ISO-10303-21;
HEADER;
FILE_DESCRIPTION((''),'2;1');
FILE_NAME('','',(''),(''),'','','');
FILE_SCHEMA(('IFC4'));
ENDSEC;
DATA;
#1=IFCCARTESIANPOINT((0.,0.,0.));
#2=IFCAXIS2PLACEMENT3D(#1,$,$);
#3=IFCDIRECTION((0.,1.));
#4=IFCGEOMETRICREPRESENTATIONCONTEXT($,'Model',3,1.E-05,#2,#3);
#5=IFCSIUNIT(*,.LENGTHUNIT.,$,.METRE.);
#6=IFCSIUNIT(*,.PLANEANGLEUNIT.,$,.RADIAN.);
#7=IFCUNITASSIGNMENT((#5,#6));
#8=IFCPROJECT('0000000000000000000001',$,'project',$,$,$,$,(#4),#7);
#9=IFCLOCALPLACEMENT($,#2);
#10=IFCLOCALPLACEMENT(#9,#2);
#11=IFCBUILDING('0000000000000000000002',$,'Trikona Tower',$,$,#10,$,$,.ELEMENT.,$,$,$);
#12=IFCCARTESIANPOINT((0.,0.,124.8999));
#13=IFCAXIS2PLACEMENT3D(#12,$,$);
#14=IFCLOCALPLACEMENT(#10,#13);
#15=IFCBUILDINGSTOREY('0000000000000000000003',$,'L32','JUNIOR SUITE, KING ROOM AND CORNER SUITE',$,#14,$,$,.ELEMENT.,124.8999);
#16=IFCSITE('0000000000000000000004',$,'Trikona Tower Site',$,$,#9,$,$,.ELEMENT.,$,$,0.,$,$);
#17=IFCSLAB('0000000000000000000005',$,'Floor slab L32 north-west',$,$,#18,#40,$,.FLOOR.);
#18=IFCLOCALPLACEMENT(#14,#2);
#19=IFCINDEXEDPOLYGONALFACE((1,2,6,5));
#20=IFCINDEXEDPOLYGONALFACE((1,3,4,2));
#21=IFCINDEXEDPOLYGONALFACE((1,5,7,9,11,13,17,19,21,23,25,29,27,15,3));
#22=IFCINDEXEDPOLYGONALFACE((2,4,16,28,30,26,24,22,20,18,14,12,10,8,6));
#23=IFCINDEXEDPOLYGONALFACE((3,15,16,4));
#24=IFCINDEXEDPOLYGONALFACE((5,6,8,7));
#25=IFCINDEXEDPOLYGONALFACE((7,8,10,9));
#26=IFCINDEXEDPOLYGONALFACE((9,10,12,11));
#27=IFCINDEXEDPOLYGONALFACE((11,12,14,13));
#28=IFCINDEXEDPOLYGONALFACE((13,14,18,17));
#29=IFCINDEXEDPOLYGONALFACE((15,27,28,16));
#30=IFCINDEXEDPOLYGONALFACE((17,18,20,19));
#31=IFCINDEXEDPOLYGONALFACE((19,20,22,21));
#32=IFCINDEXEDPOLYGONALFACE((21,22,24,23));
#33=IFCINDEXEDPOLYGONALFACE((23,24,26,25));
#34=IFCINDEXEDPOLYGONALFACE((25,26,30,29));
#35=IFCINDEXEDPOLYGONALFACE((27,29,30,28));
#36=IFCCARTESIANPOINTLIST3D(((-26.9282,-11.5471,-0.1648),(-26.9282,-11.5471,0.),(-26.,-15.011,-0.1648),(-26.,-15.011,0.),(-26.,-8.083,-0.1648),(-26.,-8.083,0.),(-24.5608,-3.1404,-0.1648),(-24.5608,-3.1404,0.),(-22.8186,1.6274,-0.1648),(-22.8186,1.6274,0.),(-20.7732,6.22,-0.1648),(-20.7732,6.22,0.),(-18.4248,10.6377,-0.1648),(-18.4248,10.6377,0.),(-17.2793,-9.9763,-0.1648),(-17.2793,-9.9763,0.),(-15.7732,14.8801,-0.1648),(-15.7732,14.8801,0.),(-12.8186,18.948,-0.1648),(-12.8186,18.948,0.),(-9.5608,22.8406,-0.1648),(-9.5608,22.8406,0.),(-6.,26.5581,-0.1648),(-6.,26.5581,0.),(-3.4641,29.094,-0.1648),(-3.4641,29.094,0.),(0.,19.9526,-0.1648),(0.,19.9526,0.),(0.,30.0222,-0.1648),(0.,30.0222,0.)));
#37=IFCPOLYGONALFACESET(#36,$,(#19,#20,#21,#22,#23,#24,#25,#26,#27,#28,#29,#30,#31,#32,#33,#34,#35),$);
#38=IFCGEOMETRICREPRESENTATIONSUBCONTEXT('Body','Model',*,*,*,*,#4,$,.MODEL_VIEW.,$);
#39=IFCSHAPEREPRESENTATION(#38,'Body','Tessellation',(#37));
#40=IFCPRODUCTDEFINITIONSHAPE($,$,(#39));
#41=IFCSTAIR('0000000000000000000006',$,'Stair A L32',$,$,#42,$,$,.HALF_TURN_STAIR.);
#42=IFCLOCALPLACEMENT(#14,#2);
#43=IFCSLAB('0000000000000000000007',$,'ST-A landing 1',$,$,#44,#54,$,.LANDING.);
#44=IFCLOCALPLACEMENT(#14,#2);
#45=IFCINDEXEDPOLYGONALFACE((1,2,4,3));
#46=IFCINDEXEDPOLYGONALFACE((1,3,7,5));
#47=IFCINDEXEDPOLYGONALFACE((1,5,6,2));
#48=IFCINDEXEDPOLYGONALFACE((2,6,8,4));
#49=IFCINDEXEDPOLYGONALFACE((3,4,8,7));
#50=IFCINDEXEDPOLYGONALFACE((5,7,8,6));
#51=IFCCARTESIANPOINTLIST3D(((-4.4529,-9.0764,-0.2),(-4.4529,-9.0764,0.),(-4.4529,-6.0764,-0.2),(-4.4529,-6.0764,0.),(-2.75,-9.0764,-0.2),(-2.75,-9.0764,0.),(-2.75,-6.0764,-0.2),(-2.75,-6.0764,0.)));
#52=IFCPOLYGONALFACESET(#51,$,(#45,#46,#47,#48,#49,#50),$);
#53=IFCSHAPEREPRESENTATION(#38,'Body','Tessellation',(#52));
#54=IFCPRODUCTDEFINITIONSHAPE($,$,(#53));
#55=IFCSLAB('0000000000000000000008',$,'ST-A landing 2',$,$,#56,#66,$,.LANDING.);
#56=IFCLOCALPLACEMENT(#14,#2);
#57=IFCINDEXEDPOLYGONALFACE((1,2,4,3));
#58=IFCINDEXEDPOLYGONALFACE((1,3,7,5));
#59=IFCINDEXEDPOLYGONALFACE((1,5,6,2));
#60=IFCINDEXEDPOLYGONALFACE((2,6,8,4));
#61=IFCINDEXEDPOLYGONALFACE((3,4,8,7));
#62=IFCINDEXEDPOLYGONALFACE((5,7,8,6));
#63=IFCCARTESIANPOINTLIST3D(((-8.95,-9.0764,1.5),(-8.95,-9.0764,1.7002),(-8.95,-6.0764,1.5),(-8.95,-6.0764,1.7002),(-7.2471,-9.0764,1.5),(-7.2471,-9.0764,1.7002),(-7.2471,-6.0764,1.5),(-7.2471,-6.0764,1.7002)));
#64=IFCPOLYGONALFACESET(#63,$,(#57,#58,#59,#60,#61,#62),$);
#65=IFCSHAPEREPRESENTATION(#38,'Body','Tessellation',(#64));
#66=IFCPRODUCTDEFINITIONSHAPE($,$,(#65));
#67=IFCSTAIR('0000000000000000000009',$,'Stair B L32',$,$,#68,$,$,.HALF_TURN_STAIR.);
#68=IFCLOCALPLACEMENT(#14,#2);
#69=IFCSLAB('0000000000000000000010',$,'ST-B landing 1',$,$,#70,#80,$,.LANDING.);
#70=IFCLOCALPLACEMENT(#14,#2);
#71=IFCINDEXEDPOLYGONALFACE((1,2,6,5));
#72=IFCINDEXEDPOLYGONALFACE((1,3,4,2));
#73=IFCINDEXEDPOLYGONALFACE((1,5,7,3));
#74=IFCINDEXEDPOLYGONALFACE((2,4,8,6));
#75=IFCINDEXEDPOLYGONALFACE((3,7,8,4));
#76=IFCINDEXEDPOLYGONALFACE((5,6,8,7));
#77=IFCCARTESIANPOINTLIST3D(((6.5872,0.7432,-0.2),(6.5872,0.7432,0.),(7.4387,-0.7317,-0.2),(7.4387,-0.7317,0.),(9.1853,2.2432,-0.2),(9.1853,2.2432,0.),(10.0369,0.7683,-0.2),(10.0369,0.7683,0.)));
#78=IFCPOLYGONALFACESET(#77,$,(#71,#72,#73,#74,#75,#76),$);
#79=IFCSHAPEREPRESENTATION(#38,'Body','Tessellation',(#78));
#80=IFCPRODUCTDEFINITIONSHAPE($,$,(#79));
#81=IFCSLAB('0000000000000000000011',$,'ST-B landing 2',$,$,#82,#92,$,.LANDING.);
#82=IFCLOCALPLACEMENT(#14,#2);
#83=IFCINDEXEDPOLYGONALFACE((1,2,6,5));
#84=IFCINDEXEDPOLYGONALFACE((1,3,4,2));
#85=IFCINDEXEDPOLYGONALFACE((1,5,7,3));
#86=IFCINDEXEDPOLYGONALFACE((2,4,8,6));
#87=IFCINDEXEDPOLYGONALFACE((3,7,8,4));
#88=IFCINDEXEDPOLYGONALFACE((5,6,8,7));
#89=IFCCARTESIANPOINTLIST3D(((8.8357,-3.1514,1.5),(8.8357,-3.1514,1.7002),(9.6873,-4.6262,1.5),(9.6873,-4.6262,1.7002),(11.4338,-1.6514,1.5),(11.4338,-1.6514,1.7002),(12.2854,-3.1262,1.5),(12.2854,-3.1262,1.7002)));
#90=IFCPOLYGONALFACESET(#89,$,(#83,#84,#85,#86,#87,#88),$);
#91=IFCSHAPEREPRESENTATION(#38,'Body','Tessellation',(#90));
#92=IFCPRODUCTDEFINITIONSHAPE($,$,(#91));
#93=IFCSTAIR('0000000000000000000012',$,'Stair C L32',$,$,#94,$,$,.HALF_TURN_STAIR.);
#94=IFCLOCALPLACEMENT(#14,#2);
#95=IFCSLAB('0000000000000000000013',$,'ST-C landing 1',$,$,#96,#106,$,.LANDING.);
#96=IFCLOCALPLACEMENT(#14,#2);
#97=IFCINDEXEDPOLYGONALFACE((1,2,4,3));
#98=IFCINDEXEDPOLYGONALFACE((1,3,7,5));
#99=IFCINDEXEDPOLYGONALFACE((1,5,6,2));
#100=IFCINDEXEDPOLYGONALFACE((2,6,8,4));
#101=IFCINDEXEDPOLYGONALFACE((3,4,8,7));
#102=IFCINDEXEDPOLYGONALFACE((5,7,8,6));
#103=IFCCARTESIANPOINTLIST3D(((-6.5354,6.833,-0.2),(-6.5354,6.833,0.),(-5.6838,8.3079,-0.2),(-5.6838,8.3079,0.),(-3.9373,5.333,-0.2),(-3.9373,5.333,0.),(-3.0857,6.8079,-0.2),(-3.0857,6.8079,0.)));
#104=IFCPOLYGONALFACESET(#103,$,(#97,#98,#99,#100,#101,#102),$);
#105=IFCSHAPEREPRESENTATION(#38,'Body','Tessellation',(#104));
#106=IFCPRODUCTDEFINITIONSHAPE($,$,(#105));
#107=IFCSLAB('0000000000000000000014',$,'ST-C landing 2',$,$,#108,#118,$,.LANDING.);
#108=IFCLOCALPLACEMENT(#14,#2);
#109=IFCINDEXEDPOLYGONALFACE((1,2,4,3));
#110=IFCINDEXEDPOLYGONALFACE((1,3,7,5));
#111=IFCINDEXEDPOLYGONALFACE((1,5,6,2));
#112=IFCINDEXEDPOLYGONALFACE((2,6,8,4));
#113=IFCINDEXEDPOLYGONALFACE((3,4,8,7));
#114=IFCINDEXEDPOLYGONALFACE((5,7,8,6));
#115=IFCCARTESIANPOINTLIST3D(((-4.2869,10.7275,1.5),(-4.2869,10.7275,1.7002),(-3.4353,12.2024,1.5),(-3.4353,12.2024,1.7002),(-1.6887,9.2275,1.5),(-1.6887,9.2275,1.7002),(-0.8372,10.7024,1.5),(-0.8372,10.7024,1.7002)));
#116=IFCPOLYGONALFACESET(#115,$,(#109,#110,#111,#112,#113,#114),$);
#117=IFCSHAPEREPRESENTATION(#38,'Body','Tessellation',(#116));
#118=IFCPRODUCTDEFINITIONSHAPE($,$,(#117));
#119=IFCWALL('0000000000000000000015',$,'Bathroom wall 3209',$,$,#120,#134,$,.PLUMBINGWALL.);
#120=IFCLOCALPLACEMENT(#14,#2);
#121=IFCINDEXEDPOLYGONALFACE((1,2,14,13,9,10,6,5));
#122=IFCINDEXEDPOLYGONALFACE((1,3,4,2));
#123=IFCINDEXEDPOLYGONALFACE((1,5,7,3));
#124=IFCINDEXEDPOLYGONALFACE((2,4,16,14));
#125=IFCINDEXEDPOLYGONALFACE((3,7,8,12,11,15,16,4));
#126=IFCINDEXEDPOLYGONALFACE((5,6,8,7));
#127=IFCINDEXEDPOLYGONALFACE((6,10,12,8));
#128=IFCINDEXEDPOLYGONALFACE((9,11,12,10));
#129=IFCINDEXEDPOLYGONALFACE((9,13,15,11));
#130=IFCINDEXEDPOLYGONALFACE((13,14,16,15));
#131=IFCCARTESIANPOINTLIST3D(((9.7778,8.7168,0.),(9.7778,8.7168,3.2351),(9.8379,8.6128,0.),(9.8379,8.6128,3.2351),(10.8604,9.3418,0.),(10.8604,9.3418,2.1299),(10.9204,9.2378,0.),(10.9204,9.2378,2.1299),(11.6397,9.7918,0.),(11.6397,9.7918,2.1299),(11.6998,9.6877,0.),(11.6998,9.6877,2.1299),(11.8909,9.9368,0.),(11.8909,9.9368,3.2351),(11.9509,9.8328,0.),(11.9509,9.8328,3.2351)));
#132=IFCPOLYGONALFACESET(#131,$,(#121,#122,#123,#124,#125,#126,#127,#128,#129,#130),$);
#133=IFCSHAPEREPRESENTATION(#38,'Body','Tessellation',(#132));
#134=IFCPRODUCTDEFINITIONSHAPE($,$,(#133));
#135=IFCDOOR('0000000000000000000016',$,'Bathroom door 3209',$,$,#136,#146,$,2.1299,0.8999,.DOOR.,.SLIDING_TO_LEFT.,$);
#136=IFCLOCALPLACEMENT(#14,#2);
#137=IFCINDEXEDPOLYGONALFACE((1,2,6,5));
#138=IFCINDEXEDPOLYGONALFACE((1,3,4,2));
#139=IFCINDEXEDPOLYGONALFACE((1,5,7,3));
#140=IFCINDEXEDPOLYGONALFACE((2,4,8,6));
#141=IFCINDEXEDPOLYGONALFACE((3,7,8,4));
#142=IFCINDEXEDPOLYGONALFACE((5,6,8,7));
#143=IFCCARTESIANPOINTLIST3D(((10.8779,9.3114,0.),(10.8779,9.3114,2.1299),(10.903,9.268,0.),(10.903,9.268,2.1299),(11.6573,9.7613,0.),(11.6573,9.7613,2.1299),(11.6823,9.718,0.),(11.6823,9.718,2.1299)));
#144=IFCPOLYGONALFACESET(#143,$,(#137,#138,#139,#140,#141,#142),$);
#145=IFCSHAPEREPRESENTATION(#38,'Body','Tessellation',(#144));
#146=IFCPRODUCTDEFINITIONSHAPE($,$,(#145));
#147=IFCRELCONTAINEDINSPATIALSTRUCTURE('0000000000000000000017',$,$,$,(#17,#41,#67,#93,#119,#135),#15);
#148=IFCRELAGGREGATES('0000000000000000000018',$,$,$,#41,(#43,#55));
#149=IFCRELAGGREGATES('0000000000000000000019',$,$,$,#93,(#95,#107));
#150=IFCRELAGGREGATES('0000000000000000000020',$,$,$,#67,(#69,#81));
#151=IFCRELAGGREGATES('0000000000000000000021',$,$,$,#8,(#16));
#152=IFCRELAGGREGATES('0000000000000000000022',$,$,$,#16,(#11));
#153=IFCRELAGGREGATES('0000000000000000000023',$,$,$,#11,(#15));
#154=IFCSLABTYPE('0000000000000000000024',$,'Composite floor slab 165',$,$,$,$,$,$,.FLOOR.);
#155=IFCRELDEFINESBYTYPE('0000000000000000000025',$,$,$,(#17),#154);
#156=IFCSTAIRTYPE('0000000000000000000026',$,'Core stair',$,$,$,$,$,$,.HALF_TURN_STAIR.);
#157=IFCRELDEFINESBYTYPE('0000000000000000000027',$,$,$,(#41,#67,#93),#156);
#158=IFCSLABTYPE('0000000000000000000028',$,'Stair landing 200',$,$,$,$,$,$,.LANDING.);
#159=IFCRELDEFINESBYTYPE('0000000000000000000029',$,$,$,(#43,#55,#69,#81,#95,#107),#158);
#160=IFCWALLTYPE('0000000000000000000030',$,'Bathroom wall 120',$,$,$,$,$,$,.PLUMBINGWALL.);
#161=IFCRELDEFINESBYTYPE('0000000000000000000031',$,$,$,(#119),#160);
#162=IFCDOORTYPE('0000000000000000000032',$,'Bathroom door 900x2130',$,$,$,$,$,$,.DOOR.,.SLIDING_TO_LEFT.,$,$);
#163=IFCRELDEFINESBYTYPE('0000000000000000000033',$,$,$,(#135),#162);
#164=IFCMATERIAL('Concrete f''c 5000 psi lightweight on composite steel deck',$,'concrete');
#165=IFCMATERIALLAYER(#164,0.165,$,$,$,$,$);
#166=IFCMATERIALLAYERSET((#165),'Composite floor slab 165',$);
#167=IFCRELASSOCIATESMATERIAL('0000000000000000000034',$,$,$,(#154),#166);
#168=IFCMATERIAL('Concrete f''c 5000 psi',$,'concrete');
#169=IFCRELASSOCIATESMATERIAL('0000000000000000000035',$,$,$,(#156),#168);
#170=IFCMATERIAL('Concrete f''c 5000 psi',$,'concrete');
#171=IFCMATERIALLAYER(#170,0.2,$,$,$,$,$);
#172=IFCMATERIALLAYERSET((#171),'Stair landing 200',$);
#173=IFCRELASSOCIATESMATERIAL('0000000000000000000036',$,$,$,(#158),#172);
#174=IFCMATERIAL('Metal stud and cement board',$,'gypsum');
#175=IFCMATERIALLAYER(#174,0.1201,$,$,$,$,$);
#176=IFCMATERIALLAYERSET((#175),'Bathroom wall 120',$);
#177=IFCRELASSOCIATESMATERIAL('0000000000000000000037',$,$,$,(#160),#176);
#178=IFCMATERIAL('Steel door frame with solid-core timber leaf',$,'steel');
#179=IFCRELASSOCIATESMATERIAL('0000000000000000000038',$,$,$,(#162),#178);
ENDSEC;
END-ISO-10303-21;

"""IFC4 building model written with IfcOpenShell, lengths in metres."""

from ifc_helpers import new_model, si_unit, direction, frame, frame_2d, origin, place, context, subcontext, project, spatial, polyline, rectangle, outline, extrude, material, layer, layer_set, type_object, element, fill, aggregate, save


model = new_model("IFC4")

# Units and contexts
model_context = context("Model", 3, precision=1e-05, world=origin(), true_north=direction((0.0, 1.0)))
body_context = subcontext(model_context, "Body", "Model", "MODEL_VIEW")
ifc_project = project(units=[si_unit("LENGTHUNIT", "METRE"), si_unit("PLANEANGLEUNIT", "RADIAN")], contexts=[model_context])

# Site, building, storey
site_placement = place(None, origin())
site = spatial("IfcSite", under=ifc_project, at=site_placement, Name="Trikona Tower Site", CompositionType="ELEMENT", RefElevation=0.0)
building_placement = place(site_placement, origin())
building = spatial("IfcBuilding", under=site, at=building_placement, Name="Trikona Tower", CompositionType="ELEMENT")
storey_placement = place(building_placement, frame((0.0, 0.0, 124.8999)))
storey = spatial("IfcBuildingStorey", under=building, at=storey_placement, Name="L32", Description="JUNIOR SUITE, KING ROOM AND CORNER SUITE", CompositionType="ELEMENT", Elevation=124.8999)

# Slab
ifc_material_1 = material(Name="Concrete f'c 5000 psi lightweight on composite steel deck", Category="concrete")
ifc_layer_1 = layer(ifc_material_1, 0.165)
ifc_layer_set_1 = layer_set([ifc_layer_1], Name="Composite floor slab 165")
slab_type_1 = type_object("IfcSlabType", Name="Composite floor slab 165", PredefinedType="FLOOR", material=ifc_layer_set_1)
slab_1_placement = place(storey_placement, frame((0.0, 0.0, -0.1648)))
element("IfcSlab", 1, at=slab_1_placement, inside=storey, type_object=slab_type_1, Name="Floor slab L32 north-west", PredefinedType="FLOOR", context=body_context, shape_type="SweptSolid", body=[
    extrude(outline(polyline([(0.0, 19.9526), (0.0, 30.0222), (-3.4641, 29.094), (-6.0, 26.5581), (-9.5608, 22.8406), (-12.8186, 18.948), (-15.7732, 14.8801), (-18.4248, 10.6377), (-20.7732, 6.22), (-22.8186, 1.6274), (-24.5608, -3.1404), (-26.0, -8.083), (-26.9282, -11.5471), (-26.0, -15.011), (-17.2793, -9.9763), (0.0, 19.9526)])), origin(), (0.0, 0.0, 1.0), 0.1648),
])

# Stairs, slabs
ifc_material_2 = material(Name="Concrete f'c 5000 psi", Category="concrete")
stair_type = type_object("IfcStairType", Name="Core stair", PredefinedType="HALF_TURN_STAIR", material=ifc_material_2)
stair_1_placement = place(storey_placement, origin())
stair_1 = element("IfcStair", 2, at=stair_1_placement, inside=storey, type_object=stair_type, Name="Stair A L32", PredefinedType="HALF_TURN_STAIR")
ifc_material_3 = material(Name="Concrete f'c 5000 psi", Category="concrete")
ifc_layer_2 = layer(ifc_material_3, 0.2)
ifc_layer_set_2 = layer_set([ifc_layer_2], Name="Stair landing 200")
slab_type_2 = type_object("IfcSlabType", Name="Stair landing 200", PredefinedType="LANDING", material=ifc_layer_set_2)
slab_2_placement = place(storey_placement, frame((0.0, 0.0, -0.2)))
slab_2 = element("IfcSlab", 3, at=slab_2_placement, type_object=slab_type_2, Name="ST-A landing 1", PredefinedType="LANDING", context=body_context, shape_type="SweptSolid", body=[
    extrude(outline(polyline([(-4.4529, -6.0764), (-2.75, -6.0764), (-2.75, -9.0764), (-4.4529, -9.0764), (-4.4529, -6.0764)])), origin(), (0.0, 0.0, 1.0), 0.2),
])
slab_3_placement = place(storey_placement, frame((0.0, 0.0, 1.5)))
slab_3 = element("IfcSlab", 4, at=slab_3_placement, type_object=slab_type_2, Name="ST-A landing 2", PredefinedType="LANDING", context=body_context, shape_type="SweptSolid", body=[
    extrude(outline(polyline([(-8.95, -6.0764), (-7.2471, -6.0764), (-7.2471, -9.0764), (-8.95, -9.0764), (-8.95, -6.0764)])), origin(), (0.0, 0.0, 1.0), 0.2002),
])
aggregate(stair_1, [slab_2, slab_3])
stair_2_placement = place(storey_placement, origin())
stair_2 = element("IfcStair", 5, at=stair_2_placement, inside=storey, type_object=stair_type, Name="Stair B L32", PredefinedType="HALF_TURN_STAIR")
slab_4_placement = place(storey_placement, frame((0.0, 0.0, -0.2)))
slab_4 = element("IfcSlab", 6, at=slab_4_placement, type_object=slab_type_2, Name="ST-B landing 1", PredefinedType="LANDING", context=body_context, shape_type="SweptSolid", body=[
    extrude(outline(polyline([(7.4387, -0.7317), (6.5872, 0.7432), (9.1853, 2.2432), (10.0369, 0.7683), (7.4387, -0.7317)])), origin(), (0.0, 0.0, 1.0), 0.2),
])
slab_5_placement = place(storey_placement, frame((0.0, 0.0, 1.5)))
slab_5 = element("IfcSlab", 7, at=slab_5_placement, type_object=slab_type_2, Name="ST-B landing 2", PredefinedType="LANDING", context=body_context, shape_type="SweptSolid", body=[
    extrude(outline(polyline([(9.6873, -4.6262), (8.8357, -3.1514), (11.4338, -1.6514), (12.2854, -3.1262), (9.6873, -4.6262)])), origin(), (0.0, 0.0, 1.0), 0.2002),
])
stair_3_placement = place(storey_placement, origin())
stair_3 = element("IfcStair", 8, at=stair_3_placement, inside=storey, type_object=stair_type, Name="Stair C L32", PredefinedType="HALF_TURN_STAIR")
slab_6_placement = place(storey_placement, frame((0.0, 0.0, -0.2)))
slab_6 = element("IfcSlab", 9, at=slab_6_placement, type_object=slab_type_2, Name="ST-C landing 1", PredefinedType="LANDING", context=body_context, shape_type="SweptSolid", body=[
    extrude(outline(polyline([(-3.0857, 6.8079), (-3.9373, 5.333), (-6.5354, 6.833), (-5.6838, 8.3079), (-3.0857, 6.8079)])), origin(), (0.0, 0.0, 1.0), 0.2),
])
slab_7_placement = place(storey_placement, frame((0.0, 0.0, 1.5)))
slab_7 = element("IfcSlab", 10, at=slab_7_placement, type_object=slab_type_2, Name="ST-C landing 2", PredefinedType="LANDING", context=body_context, shape_type="SweptSolid", body=[
    extrude(outline(polyline([(-0.8372, 10.7024), (-1.6887, 9.2275), (-4.2869, 10.7275), (-3.4353, 12.2024), (-0.8372, 10.7024)])), origin(), (0.0, 0.0, 1.0), 0.2002),
])
aggregate(stair_3, [slab_6, slab_7])

# Wall, opening, door
ifc_material_4 = material(Name="Metal stud and cement board", Category="gypsum")
ifc_layer_3 = layer(ifc_material_4, 0.1201)
ifc_layer_set_3 = layer_set([ifc_layer_3], Name="Bathroom wall 120")
wall_type_1 = type_object("IfcWallType", Name="Bathroom wall 120", PredefinedType="PLUMBINGWALL", material=ifc_layer_set_3)
wall_1_placement = place(storey_placement, frame((9.8079, 8.6648, 0.0), z_axis=(0.0, 0.0, 1.0), x_axis=(0.866024, 0.500003, 0.0)))
wall_1 = element("IfcWall", 11, at=wall_1_placement, inside=storey, type_object=wall_type_1, Name="Bathroom wall 3209", PredefinedType="PLUMBINGWALL", context=body_context, shape_type="SweptSolid", body=[
    extrude(rectangle(XDim=2.4399, YDim=0.1201, at=frame_2d((1.22, 0.0))), origin(), (0.0, 0.0, 1.0), 3.2351),
])
opening_1_placement = place(wall_1_placement, frame((1.25, 0.0, 0.0)))
opening_1 = element("IfcOpeningElement", 12, at=opening_1_placement, cuts=wall_1, PredefinedType="OPENING", context=body_context, shape_type="SweptSolid", body=[
    extrude(rectangle(XDim=0.8999, YDim=2.1299, at=frame_2d((0.45, 1.0649))), frame((0.0, 0.0701, 0.0), z_axis=(0.0, -1.0, 0.0), x_axis=(1.0, 0.0, 0.0)), (0.0, 0.0, 1.0), 0.1401),
])
ifc_material_5 = material(Name="Steel door frame with solid-core timber leaf", Category="steel")
door_type_1 = type_object("IfcDoorType", Name="Bathroom door 900x2130", OperationType="SLIDING_TO_LEFT", PredefinedType="DOOR", material=ifc_material_5)
door_1_placement = place(opening_1_placement, origin())
door_1 = element("IfcDoor", 13, at=door_1_placement, inside=storey, type_object=door_type_1, Name="Bathroom door 3209", OperationType="SLIDING_TO_LEFT", OverallHeight=2.1299, OverallWidth=0.8999, PredefinedType="DOOR", context=body_context, shape_type="SweptSolid", body=[
    extrude(rectangle(XDim=0.8999, YDim=2.1299, at=frame_2d((0.45, 1.0649))), frame((0.0, 0.0249, 0.0), z_axis=(0.0, -1.0, 0.0), x_axis=(1.0, 0.0, 0.0)), (0.0, 0.0, 1.0), 0.05),
])
fill(opening_1, door_1)

aggregate(stair_2, [slab_4, slab_5])

save(model, "model.ifc")
